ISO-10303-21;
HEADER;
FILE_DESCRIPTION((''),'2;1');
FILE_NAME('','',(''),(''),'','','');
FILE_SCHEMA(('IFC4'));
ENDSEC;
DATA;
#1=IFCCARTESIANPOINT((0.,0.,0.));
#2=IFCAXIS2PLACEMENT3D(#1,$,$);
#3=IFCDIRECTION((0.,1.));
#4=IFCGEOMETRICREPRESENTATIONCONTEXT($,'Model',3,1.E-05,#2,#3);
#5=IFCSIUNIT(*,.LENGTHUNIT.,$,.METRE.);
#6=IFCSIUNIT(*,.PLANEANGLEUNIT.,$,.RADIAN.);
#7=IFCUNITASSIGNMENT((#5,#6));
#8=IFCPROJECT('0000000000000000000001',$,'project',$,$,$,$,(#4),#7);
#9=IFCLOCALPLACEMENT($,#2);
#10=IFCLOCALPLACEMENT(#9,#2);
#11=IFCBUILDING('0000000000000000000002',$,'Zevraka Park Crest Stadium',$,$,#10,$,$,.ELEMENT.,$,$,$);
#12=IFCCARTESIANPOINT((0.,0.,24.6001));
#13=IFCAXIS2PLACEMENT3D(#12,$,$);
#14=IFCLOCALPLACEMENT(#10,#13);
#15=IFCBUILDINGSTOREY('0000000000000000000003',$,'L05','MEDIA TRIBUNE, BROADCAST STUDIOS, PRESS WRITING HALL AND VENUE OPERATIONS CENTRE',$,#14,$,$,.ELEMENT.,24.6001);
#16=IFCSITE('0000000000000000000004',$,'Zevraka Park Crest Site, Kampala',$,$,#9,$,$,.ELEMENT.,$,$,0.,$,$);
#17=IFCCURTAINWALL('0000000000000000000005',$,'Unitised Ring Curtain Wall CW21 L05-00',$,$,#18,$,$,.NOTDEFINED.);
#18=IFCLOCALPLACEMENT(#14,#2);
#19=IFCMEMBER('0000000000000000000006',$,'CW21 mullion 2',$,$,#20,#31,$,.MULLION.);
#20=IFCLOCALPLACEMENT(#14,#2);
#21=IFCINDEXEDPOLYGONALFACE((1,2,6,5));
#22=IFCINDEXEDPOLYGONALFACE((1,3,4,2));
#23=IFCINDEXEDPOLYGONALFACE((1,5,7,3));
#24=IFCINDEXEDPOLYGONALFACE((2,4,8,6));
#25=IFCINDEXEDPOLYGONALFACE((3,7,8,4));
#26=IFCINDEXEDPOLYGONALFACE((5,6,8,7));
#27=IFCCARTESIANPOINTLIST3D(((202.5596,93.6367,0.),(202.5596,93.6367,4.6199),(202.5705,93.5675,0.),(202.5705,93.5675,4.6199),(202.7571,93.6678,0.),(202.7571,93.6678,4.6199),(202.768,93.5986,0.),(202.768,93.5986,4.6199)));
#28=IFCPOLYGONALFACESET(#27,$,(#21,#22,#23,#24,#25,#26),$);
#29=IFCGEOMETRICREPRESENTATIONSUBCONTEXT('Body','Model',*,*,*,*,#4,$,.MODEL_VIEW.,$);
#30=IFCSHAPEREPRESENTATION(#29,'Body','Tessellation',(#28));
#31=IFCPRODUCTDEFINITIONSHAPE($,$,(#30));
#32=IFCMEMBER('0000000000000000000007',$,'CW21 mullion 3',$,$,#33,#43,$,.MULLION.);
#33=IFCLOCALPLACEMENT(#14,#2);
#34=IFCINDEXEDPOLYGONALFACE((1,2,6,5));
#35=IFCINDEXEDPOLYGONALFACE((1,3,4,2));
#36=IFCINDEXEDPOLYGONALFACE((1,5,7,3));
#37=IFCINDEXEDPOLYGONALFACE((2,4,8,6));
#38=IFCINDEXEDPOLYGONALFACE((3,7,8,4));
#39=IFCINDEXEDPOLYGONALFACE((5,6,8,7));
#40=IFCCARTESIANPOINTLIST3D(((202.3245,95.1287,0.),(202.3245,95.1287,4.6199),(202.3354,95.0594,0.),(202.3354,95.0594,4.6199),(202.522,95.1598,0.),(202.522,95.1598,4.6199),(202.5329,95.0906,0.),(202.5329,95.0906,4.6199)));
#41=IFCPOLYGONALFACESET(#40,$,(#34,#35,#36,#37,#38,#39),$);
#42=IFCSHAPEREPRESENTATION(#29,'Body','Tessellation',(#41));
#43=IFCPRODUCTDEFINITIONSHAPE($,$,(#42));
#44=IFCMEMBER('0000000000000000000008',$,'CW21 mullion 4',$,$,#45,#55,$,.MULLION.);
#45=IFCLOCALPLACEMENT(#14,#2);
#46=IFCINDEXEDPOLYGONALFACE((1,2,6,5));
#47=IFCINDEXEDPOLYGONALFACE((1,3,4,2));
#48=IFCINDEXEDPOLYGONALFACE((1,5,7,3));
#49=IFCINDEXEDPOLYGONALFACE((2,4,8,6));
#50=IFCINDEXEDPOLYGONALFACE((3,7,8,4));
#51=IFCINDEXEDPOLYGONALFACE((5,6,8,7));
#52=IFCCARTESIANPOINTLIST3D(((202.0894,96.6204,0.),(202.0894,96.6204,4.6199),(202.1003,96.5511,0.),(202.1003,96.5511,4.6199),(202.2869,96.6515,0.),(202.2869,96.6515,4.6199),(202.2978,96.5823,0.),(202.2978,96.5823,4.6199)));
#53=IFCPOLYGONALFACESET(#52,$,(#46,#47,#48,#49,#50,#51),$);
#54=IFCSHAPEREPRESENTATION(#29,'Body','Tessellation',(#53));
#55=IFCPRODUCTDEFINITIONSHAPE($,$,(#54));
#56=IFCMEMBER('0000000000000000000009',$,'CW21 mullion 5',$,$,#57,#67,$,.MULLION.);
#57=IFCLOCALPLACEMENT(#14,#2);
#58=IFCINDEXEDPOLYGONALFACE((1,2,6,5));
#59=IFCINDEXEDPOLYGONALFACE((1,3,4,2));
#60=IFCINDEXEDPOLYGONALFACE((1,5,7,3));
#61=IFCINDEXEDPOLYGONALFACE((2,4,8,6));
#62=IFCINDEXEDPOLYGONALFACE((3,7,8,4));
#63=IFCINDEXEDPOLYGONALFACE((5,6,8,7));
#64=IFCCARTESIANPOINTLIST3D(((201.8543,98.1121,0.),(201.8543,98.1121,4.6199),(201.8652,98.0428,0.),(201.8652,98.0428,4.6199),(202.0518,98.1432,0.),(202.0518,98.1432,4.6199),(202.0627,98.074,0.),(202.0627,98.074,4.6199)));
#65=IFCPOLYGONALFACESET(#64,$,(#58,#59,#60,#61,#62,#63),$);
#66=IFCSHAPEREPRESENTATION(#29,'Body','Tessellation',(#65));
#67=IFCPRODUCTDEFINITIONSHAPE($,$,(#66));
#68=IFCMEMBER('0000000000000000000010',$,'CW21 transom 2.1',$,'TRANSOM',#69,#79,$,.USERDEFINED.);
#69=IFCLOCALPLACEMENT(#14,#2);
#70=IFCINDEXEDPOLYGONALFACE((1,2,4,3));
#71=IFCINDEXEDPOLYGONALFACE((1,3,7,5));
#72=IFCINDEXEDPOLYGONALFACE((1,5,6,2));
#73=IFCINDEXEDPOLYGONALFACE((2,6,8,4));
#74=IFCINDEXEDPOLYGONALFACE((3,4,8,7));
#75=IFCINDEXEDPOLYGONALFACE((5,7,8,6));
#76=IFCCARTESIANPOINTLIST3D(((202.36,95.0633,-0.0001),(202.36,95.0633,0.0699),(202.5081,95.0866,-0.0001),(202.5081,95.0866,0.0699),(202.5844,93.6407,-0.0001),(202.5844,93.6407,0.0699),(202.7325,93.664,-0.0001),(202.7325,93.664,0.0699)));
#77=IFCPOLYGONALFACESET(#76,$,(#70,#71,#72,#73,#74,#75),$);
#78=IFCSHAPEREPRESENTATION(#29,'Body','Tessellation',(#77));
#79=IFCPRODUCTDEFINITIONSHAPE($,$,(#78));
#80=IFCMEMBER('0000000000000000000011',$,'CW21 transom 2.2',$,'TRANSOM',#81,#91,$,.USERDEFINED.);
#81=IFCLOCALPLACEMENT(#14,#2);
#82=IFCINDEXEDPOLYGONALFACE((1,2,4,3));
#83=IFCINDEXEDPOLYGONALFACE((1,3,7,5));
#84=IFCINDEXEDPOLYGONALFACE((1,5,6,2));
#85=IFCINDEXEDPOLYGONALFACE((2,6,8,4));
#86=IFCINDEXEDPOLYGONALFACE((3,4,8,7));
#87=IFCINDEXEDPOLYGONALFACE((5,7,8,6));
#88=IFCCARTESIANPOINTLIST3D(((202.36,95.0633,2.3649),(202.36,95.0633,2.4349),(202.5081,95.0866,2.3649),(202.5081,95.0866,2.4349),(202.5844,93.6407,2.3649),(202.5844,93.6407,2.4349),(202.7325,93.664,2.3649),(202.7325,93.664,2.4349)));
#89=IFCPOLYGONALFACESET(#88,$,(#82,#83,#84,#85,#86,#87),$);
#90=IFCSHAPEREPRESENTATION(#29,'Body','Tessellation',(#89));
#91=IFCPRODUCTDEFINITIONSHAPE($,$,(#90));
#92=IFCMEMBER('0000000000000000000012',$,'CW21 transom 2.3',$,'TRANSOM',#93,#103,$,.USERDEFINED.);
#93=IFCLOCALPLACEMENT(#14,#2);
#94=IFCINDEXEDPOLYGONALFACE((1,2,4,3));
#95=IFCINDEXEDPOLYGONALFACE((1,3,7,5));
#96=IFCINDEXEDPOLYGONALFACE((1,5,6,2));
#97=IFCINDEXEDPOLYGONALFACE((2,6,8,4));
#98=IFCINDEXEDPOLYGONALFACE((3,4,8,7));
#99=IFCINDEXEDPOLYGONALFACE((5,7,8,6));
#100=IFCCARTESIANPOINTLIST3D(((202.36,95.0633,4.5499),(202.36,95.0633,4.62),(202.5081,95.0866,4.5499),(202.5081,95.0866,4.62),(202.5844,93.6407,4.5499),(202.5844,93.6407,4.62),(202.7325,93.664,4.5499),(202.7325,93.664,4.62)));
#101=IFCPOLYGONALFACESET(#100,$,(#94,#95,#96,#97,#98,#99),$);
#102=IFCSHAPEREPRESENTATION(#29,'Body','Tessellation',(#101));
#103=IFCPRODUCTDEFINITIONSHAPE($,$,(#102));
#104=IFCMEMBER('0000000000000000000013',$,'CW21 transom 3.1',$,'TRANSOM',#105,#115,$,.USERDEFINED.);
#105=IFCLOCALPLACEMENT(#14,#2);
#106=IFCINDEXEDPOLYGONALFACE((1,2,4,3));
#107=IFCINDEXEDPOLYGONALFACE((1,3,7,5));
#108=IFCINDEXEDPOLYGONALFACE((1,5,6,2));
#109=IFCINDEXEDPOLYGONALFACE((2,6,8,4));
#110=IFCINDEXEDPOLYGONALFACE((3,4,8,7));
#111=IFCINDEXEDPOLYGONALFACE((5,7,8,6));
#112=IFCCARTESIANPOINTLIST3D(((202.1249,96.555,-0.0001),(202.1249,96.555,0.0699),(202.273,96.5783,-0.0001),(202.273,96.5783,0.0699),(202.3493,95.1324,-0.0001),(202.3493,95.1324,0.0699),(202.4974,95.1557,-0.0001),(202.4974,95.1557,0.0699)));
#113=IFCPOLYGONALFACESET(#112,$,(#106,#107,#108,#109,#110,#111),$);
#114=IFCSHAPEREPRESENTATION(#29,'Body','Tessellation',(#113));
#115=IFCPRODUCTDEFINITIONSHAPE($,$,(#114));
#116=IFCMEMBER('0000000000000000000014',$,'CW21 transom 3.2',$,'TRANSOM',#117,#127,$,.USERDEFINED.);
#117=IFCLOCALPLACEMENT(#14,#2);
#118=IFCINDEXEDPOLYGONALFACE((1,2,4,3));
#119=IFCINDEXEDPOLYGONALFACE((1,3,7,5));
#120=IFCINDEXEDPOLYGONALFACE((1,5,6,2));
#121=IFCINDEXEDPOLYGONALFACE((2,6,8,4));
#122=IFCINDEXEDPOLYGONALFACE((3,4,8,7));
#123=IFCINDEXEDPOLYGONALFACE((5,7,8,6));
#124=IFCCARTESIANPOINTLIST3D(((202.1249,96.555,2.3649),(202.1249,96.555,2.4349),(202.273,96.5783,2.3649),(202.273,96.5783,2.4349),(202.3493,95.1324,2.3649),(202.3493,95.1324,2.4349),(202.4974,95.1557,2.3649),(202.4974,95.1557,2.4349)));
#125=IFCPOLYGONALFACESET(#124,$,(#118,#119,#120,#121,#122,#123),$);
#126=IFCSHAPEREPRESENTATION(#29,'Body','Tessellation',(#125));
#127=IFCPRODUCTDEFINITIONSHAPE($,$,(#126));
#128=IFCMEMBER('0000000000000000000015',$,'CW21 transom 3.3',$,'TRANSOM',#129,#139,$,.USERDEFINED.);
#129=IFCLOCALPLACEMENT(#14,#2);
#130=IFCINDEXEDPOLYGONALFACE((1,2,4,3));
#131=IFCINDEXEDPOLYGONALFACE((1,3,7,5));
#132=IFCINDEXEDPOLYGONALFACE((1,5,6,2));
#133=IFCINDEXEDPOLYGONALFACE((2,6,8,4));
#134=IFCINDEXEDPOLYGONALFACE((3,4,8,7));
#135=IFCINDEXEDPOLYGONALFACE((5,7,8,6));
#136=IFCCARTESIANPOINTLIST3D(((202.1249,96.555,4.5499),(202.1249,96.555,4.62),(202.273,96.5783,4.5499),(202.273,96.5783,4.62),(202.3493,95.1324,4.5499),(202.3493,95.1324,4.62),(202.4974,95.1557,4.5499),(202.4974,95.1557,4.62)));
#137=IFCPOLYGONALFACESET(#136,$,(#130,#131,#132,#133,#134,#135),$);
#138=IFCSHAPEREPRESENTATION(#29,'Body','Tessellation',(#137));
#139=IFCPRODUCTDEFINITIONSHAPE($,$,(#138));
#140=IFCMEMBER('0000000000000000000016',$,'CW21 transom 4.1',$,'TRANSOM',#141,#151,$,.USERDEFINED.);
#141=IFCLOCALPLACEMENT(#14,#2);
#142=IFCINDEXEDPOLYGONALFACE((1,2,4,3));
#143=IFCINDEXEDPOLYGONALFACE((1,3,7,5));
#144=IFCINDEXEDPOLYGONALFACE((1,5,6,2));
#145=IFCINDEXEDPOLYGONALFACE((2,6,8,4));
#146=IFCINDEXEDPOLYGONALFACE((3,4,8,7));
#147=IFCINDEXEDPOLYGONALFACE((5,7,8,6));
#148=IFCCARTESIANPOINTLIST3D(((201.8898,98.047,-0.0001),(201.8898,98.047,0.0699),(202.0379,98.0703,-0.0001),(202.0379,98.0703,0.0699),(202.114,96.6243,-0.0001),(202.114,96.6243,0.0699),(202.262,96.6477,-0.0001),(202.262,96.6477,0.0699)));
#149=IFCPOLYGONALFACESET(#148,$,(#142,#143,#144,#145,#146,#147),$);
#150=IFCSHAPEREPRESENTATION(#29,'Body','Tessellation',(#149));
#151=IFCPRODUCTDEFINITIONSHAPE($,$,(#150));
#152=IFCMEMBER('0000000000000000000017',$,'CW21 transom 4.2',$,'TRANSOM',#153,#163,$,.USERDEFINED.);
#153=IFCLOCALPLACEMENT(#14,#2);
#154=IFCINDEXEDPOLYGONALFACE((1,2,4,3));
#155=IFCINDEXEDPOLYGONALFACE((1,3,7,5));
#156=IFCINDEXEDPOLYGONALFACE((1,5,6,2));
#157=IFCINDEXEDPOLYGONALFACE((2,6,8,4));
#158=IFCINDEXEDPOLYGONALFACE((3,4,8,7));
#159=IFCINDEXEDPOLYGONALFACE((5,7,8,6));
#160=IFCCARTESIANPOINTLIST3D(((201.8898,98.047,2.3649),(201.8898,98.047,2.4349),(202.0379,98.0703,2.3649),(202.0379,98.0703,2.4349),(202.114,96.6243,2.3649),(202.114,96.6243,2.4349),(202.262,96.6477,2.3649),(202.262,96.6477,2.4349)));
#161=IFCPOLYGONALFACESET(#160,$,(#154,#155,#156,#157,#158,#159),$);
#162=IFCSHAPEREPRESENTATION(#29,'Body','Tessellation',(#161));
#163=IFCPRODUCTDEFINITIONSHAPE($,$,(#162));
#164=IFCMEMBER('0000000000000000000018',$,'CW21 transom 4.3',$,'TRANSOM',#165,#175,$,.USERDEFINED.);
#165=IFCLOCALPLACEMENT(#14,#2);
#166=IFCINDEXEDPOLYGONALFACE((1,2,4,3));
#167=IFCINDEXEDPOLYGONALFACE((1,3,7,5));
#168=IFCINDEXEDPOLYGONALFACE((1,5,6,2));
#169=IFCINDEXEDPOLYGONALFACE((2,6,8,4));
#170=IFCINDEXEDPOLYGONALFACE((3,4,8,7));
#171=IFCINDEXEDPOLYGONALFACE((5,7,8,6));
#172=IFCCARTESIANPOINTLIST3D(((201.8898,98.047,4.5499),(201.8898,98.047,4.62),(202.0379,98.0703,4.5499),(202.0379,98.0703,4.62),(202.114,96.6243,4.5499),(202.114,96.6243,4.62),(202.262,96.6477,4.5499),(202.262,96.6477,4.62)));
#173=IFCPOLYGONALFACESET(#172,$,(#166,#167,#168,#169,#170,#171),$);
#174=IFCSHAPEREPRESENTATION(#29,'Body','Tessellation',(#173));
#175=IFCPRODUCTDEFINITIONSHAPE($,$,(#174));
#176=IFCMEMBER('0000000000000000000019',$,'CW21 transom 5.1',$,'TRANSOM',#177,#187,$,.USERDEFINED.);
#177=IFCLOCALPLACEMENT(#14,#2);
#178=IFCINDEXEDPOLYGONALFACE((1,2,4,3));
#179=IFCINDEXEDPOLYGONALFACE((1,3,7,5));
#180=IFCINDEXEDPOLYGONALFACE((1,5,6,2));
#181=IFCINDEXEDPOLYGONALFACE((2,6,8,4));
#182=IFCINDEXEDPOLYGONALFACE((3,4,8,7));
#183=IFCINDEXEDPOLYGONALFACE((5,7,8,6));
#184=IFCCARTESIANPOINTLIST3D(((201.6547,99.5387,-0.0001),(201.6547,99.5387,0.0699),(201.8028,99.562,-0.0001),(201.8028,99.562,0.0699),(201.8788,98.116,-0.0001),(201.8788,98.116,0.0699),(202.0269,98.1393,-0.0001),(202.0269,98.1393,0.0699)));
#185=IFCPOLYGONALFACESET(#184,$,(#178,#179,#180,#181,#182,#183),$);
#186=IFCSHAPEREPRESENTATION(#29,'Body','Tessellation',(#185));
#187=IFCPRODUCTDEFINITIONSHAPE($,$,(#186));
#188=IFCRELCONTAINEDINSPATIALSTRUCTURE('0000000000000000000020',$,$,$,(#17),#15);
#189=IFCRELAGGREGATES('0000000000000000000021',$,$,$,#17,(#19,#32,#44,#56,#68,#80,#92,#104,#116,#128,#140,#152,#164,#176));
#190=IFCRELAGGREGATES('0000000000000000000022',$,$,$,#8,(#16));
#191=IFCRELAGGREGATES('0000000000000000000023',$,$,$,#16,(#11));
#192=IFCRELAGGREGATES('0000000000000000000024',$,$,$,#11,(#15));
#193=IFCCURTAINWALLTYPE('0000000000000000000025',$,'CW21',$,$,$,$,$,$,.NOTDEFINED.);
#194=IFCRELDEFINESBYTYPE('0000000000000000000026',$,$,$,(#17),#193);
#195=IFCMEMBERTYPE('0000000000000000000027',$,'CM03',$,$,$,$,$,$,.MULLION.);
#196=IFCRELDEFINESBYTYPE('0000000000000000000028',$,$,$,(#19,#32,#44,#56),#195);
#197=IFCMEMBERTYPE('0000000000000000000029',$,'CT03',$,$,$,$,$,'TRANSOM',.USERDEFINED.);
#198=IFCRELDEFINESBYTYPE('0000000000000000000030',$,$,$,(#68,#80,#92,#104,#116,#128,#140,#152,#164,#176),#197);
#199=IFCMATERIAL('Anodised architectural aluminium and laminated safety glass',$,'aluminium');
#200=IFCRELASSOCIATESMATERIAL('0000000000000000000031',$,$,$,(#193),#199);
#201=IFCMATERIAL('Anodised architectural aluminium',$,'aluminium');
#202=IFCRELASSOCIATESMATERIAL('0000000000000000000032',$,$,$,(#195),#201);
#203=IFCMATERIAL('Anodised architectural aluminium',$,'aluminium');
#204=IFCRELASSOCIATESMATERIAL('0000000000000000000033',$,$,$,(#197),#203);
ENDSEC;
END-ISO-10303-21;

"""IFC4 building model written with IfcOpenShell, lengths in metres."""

from ifc_helpers import new_model, si_unit, direction, frame, origin, origin_2d, place, context, subcontext, project, spatial, rectangle, extrude, material, material_profile, profile_set, type_object, element, aggregate, save


model = new_model("IFC4")

# Units and contexts
model_context = context("Model", 3, precision=1e-05, world=origin(), true_north=direction((0.0, 1.0)))
body_context = subcontext(model_context, "Body", "Model", "MODEL_VIEW")
ifc_project = project(units=[si_unit("LENGTHUNIT", "METRE"), si_unit("PLANEANGLEUNIT", "RADIAN")], contexts=[model_context])

# Site, building, storey
site_placement = place(None, origin())
site = spatial("IfcSite", under=ifc_project, at=site_placement, Name="Zevraka Park Crest Site, Kampala", CompositionType="ELEMENT", RefElevation=0.0)
building_placement = place(site_placement, origin())
building = spatial("IfcBuilding", under=site, at=building_placement, Name="Zevraka Park Crest Stadium", CompositionType="ELEMENT")
storey_placement = place(building_placement, frame((0.0, 0.0, 24.6001)))
storey = spatial("IfcBuildingStorey", under=building, at=storey_placement, Name="L05", Description="MEDIA TRIBUNE, BROADCAST STUDIOS, PRESS WRITING HALL AND VENUE OPERATIONS CENTRE", CompositionType="ELEMENT", Elevation=24.6001)

# Curtain wall, members
ifc_material_1 = material(Name="Anodised architectural aluminium and laminated safety glass", Category="aluminium")
curtain_wall_type = type_object("IfcCurtainWallType", Name="CW21", PredefinedType="NOTDEFINED", material=ifc_material_1)
curtain_wall_placement = place(storey_placement, origin())
curtain_wall = element("IfcCurtainWall", 1, at=curtain_wall_placement, inside=storey, type_object=curtain_wall_type, Name="Unitised Ring Curtain Wall CW21 L05-00", PredefinedType="NOTDEFINED")
ifc_material_2 = material(Name="Anodised architectural aluminium", Category="aluminium")
ifc_material_profile_1 = material_profile(ifc_material_2, rectangle(XDim=0.2, YDim=0.0701, at=origin_2d()), Name="ALU MULLION 200x70")
ifc_profile_set_1 = profile_set([ifc_material_profile_1], Name="Anodised architectural aluminium")
member_type_1 = type_object("IfcMemberType", Name="CM03", PredefinedType="MULLION", material=ifc_profile_set_1)
member_1_placement = place(storey_placement, frame((202.6638, 93.6177, 0.0), z_axis=(0.0, 0.0, 1.0), x_axis=(-0.987803, -0.155711, 0.0)))
member_1 = element("IfcMember", 2, at=member_1_placement, type_object=member_type_1, Name="CW21 mullion 2", PredefinedType="MULLION", context=body_context, shape_type="SweptSolid", body=[
    extrude(rectangle(XDim=0.2, YDim=0.0701, at=origin_2d()), origin(), (0.0, 0.0, 1.0), 4.6199),
])
member_2_placement = place(storey_placement, frame((202.4287, 95.1096, 0.0), z_axis=(0.0, 0.0, 1.0), x_axis=(-0.987803, -0.155711, 0.0)))
member_2 = element("IfcMember", 3, at=member_2_placement, type_object=member_type_1, Name="CW21 mullion 3", PredefinedType="MULLION", context=body_context, shape_type="SweptSolid", body=[
    extrude(rectangle(XDim=0.2, YDim=0.0701, at=origin_2d()), origin(), (0.0, 0.0, 1.0), 4.6199),
])
member_3_placement = place(storey_placement, frame((202.1936, 96.6013, 0.0), z_axis=(0.0, 0.0, 1.0), x_axis=(-0.987803, -0.155711, 0.0)))
member_3 = element("IfcMember", 4, at=member_3_placement, type_object=member_type_1, Name="CW21 mullion 4", PredefinedType="MULLION", context=body_context, shape_type="SweptSolid", body=[
    extrude(rectangle(XDim=0.2, YDim=0.0701, at=origin_2d()), origin(), (0.0, 0.0, 1.0), 4.6199),
])
member_4_placement = place(storey_placement, frame((201.9585, 98.093, 0.0), z_axis=(0.0, 0.0, 1.0), x_axis=(-0.987803, -0.155711, 0.0)))
member_4 = element("IfcMember", 5, at=member_4_placement, type_object=member_type_1, Name="CW21 mullion 5", PredefinedType="MULLION", context=body_context, shape_type="SweptSolid", body=[
    extrude(rectangle(XDim=0.2, YDim=0.0701, at=origin_2d()), origin(), (0.0, 0.0, 1.0), 4.6199),
])
ifc_material_3 = material(Name="Anodised architectural aluminium", Category="aluminium")
ifc_material_profile_2 = material_profile(ifc_material_3, rectangle(XDim=0.1499, YDim=0.0701, at=origin_2d()), Name="ALU TRANSOM 150x70")
ifc_profile_set_2 = profile_set([ifc_material_profile_2], Name="Anodised architectural aluminium")
member_type_2 = type_object("IfcMemberType", Name="CT03", ElementType="TRANSOM", PredefinedType="USERDEFINED", material=ifc_profile_set_2)
member_5_placement = place(storey_placement, frame((202.6584, 93.6523, 0.0349), z_axis=(-0.155788, 0.98779, 0.0), x_axis=(-0.98779, -0.155788, 0.0)))
member_5 = element("IfcMember", 6, at=member_5_placement, type_object=member_type_2, Name="CW21 transom 2.1", ObjectType="TRANSOM", PredefinedType="USERDEFINED", context=body_context, shape_type="SweptSolid", body=[
    extrude(rectangle(XDim=0.1499, YDim=0.0701, at=origin_2d()), origin(), (0.0, 0.0, 1.0), 1.4402),
])
member_6_placement = place(storey_placement, frame((202.6584, 93.6523, 2.3999), z_axis=(-0.155788, 0.98779, 0.0), x_axis=(-0.98779, -0.155788, 0.0)))
member_6 = element("IfcMember", 7, at=member_6_placement, type_object=member_type_2, Name="CW21 transom 2.2", ObjectType="TRANSOM", PredefinedType="USERDEFINED", context=body_context, shape_type="SweptSolid", body=[
    extrude(rectangle(XDim=0.1499, YDim=0.0701, at=origin_2d()), origin(), (0.0, 0.0, 1.0), 1.4402),
])
member_7_placement = place(storey_placement, frame((202.6584, 93.6523, 4.585), z_axis=(-0.155788, 0.98779, 0.0), x_axis=(-0.98779, -0.155788, 0.0)))
member_7 = element("IfcMember", 8, at=member_7_placement, type_object=member_type_2, Name="CW21 transom 2.3", ObjectType="TRANSOM", PredefinedType="USERDEFINED", context=body_context, shape_type="SweptSolid", body=[
    extrude(rectangle(XDim=0.1499, YDim=0.0701, at=origin_2d()), origin(), (0.0, 0.0, 1.0), 1.4402),
])
member_8_placement = place(storey_placement, frame((202.4233, 95.144, 0.0349), z_axis=(-0.155788, 0.98779, 0.0), x_axis=(-0.98779, -0.155788, 0.0)))
member_8 = element("IfcMember", 9, at=member_8_placement, type_object=member_type_2, Name="CW21 transom 3.1", ObjectType="TRANSOM", PredefinedType="USERDEFINED", context=body_context, shape_type="SweptSolid", body=[
    extrude(rectangle(XDim=0.1499, YDim=0.0701, at=origin_2d()), origin(), (0.0, 0.0, 1.0), 1.4402),
])
member_9_placement = place(storey_placement, frame((202.4233, 95.144, 2.3999), z_axis=(-0.155788, 0.98779, 0.0), x_axis=(-0.98779, -0.155788, 0.0)))
member_9 = element("IfcMember", 10, at=member_9_placement, type_object=member_type_2, Name="CW21 transom 3.2", ObjectType="TRANSOM", PredefinedType="USERDEFINED", context=body_context, shape_type="SweptSolid", body=[
    extrude(rectangle(XDim=0.1499, YDim=0.0701, at=origin_2d()), origin(), (0.0, 0.0, 1.0), 1.4402),
])
member_10_placement = place(storey_placement, frame((202.4233, 95.144, 4.585), z_axis=(-0.155788, 0.98779, 0.0), x_axis=(-0.98779, -0.155788, 0.0)))
member_10 = element("IfcMember", 11, at=member_10_placement, type_object=member_type_2, Name="CW21 transom 3.3", ObjectType="TRANSOM", PredefinedType="USERDEFINED", context=body_context, shape_type="SweptSolid", body=[
    extrude(rectangle(XDim=0.1499, YDim=0.0701, at=origin_2d()), origin(), (0.0, 0.0, 1.0), 1.4402),
])
member_11_placement = place(storey_placement, frame((202.188, 96.636, 0.0349), z_axis=(-0.155623, 0.987817, 0.0), x_axis=(-0.987817, -0.155623, 0.0)))
member_11 = element("IfcMember", 12, at=member_11_placement, type_object=member_type_2, Name="CW21 transom 4.1", ObjectType="TRANSOM", PredefinedType="USERDEFINED", context=body_context, shape_type="SweptSolid", body=[
    extrude(rectangle(XDim=0.1499, YDim=0.0701, at=origin_2d()), origin(), (0.0, 0.0, 1.0), 1.4402),
])
member_12_placement = place(storey_placement, frame((202.188, 96.636, 2.3999), z_axis=(-0.155623, 0.987817, 0.0), x_axis=(-0.987817, -0.155623, 0.0)))
member_12 = element("IfcMember", 13, at=member_12_placement, type_object=member_type_2, Name="CW21 transom 4.2", ObjectType="TRANSOM", PredefinedType="USERDEFINED", context=body_context, shape_type="SweptSolid", body=[
    extrude(rectangle(XDim=0.1499, YDim=0.0701, at=origin_2d()), origin(), (0.0, 0.0, 1.0), 1.4402),
])
member_13_placement = place(storey_placement, frame((202.188, 96.636, 4.585), z_axis=(-0.155623, 0.987817, 0.0), x_axis=(-0.987817, -0.155623, 0.0)))
member_13 = element("IfcMember", 14, at=member_13_placement, type_object=member_type_2, Name="CW21 transom 4.3", ObjectType="TRANSOM", PredefinedType="USERDEFINED", context=body_context, shape_type="SweptSolid", body=[
    extrude(rectangle(XDim=0.1499, YDim=0.0701, at=origin_2d()), origin(), (0.0, 0.0, 1.0), 1.4402),
])
member_14_placement = place(storey_placement, frame((201.9529, 98.1277, 0.0349), z_axis=(-0.155623, 0.987817, 0.0), x_axis=(-0.987817, -0.155623, 0.0)))
member_14 = element("IfcMember", 15, at=member_14_placement, type_object=member_type_2, Name="CW21 transom 5.1", ObjectType="TRANSOM", PredefinedType="USERDEFINED", context=body_context, shape_type="SweptSolid", body=[
    extrude(rectangle(XDim=0.1499, YDim=0.0701, at=origin_2d()), origin(), (0.0, 0.0, 1.0), 1.4402),
])

aggregate(curtain_wall, [member_1, member_2, member_3, member_4, member_5, member_6, member_7, member_8, member_9, member_10, member_11, member_12, member_13, member_14])

save(model, "model.ifc")
